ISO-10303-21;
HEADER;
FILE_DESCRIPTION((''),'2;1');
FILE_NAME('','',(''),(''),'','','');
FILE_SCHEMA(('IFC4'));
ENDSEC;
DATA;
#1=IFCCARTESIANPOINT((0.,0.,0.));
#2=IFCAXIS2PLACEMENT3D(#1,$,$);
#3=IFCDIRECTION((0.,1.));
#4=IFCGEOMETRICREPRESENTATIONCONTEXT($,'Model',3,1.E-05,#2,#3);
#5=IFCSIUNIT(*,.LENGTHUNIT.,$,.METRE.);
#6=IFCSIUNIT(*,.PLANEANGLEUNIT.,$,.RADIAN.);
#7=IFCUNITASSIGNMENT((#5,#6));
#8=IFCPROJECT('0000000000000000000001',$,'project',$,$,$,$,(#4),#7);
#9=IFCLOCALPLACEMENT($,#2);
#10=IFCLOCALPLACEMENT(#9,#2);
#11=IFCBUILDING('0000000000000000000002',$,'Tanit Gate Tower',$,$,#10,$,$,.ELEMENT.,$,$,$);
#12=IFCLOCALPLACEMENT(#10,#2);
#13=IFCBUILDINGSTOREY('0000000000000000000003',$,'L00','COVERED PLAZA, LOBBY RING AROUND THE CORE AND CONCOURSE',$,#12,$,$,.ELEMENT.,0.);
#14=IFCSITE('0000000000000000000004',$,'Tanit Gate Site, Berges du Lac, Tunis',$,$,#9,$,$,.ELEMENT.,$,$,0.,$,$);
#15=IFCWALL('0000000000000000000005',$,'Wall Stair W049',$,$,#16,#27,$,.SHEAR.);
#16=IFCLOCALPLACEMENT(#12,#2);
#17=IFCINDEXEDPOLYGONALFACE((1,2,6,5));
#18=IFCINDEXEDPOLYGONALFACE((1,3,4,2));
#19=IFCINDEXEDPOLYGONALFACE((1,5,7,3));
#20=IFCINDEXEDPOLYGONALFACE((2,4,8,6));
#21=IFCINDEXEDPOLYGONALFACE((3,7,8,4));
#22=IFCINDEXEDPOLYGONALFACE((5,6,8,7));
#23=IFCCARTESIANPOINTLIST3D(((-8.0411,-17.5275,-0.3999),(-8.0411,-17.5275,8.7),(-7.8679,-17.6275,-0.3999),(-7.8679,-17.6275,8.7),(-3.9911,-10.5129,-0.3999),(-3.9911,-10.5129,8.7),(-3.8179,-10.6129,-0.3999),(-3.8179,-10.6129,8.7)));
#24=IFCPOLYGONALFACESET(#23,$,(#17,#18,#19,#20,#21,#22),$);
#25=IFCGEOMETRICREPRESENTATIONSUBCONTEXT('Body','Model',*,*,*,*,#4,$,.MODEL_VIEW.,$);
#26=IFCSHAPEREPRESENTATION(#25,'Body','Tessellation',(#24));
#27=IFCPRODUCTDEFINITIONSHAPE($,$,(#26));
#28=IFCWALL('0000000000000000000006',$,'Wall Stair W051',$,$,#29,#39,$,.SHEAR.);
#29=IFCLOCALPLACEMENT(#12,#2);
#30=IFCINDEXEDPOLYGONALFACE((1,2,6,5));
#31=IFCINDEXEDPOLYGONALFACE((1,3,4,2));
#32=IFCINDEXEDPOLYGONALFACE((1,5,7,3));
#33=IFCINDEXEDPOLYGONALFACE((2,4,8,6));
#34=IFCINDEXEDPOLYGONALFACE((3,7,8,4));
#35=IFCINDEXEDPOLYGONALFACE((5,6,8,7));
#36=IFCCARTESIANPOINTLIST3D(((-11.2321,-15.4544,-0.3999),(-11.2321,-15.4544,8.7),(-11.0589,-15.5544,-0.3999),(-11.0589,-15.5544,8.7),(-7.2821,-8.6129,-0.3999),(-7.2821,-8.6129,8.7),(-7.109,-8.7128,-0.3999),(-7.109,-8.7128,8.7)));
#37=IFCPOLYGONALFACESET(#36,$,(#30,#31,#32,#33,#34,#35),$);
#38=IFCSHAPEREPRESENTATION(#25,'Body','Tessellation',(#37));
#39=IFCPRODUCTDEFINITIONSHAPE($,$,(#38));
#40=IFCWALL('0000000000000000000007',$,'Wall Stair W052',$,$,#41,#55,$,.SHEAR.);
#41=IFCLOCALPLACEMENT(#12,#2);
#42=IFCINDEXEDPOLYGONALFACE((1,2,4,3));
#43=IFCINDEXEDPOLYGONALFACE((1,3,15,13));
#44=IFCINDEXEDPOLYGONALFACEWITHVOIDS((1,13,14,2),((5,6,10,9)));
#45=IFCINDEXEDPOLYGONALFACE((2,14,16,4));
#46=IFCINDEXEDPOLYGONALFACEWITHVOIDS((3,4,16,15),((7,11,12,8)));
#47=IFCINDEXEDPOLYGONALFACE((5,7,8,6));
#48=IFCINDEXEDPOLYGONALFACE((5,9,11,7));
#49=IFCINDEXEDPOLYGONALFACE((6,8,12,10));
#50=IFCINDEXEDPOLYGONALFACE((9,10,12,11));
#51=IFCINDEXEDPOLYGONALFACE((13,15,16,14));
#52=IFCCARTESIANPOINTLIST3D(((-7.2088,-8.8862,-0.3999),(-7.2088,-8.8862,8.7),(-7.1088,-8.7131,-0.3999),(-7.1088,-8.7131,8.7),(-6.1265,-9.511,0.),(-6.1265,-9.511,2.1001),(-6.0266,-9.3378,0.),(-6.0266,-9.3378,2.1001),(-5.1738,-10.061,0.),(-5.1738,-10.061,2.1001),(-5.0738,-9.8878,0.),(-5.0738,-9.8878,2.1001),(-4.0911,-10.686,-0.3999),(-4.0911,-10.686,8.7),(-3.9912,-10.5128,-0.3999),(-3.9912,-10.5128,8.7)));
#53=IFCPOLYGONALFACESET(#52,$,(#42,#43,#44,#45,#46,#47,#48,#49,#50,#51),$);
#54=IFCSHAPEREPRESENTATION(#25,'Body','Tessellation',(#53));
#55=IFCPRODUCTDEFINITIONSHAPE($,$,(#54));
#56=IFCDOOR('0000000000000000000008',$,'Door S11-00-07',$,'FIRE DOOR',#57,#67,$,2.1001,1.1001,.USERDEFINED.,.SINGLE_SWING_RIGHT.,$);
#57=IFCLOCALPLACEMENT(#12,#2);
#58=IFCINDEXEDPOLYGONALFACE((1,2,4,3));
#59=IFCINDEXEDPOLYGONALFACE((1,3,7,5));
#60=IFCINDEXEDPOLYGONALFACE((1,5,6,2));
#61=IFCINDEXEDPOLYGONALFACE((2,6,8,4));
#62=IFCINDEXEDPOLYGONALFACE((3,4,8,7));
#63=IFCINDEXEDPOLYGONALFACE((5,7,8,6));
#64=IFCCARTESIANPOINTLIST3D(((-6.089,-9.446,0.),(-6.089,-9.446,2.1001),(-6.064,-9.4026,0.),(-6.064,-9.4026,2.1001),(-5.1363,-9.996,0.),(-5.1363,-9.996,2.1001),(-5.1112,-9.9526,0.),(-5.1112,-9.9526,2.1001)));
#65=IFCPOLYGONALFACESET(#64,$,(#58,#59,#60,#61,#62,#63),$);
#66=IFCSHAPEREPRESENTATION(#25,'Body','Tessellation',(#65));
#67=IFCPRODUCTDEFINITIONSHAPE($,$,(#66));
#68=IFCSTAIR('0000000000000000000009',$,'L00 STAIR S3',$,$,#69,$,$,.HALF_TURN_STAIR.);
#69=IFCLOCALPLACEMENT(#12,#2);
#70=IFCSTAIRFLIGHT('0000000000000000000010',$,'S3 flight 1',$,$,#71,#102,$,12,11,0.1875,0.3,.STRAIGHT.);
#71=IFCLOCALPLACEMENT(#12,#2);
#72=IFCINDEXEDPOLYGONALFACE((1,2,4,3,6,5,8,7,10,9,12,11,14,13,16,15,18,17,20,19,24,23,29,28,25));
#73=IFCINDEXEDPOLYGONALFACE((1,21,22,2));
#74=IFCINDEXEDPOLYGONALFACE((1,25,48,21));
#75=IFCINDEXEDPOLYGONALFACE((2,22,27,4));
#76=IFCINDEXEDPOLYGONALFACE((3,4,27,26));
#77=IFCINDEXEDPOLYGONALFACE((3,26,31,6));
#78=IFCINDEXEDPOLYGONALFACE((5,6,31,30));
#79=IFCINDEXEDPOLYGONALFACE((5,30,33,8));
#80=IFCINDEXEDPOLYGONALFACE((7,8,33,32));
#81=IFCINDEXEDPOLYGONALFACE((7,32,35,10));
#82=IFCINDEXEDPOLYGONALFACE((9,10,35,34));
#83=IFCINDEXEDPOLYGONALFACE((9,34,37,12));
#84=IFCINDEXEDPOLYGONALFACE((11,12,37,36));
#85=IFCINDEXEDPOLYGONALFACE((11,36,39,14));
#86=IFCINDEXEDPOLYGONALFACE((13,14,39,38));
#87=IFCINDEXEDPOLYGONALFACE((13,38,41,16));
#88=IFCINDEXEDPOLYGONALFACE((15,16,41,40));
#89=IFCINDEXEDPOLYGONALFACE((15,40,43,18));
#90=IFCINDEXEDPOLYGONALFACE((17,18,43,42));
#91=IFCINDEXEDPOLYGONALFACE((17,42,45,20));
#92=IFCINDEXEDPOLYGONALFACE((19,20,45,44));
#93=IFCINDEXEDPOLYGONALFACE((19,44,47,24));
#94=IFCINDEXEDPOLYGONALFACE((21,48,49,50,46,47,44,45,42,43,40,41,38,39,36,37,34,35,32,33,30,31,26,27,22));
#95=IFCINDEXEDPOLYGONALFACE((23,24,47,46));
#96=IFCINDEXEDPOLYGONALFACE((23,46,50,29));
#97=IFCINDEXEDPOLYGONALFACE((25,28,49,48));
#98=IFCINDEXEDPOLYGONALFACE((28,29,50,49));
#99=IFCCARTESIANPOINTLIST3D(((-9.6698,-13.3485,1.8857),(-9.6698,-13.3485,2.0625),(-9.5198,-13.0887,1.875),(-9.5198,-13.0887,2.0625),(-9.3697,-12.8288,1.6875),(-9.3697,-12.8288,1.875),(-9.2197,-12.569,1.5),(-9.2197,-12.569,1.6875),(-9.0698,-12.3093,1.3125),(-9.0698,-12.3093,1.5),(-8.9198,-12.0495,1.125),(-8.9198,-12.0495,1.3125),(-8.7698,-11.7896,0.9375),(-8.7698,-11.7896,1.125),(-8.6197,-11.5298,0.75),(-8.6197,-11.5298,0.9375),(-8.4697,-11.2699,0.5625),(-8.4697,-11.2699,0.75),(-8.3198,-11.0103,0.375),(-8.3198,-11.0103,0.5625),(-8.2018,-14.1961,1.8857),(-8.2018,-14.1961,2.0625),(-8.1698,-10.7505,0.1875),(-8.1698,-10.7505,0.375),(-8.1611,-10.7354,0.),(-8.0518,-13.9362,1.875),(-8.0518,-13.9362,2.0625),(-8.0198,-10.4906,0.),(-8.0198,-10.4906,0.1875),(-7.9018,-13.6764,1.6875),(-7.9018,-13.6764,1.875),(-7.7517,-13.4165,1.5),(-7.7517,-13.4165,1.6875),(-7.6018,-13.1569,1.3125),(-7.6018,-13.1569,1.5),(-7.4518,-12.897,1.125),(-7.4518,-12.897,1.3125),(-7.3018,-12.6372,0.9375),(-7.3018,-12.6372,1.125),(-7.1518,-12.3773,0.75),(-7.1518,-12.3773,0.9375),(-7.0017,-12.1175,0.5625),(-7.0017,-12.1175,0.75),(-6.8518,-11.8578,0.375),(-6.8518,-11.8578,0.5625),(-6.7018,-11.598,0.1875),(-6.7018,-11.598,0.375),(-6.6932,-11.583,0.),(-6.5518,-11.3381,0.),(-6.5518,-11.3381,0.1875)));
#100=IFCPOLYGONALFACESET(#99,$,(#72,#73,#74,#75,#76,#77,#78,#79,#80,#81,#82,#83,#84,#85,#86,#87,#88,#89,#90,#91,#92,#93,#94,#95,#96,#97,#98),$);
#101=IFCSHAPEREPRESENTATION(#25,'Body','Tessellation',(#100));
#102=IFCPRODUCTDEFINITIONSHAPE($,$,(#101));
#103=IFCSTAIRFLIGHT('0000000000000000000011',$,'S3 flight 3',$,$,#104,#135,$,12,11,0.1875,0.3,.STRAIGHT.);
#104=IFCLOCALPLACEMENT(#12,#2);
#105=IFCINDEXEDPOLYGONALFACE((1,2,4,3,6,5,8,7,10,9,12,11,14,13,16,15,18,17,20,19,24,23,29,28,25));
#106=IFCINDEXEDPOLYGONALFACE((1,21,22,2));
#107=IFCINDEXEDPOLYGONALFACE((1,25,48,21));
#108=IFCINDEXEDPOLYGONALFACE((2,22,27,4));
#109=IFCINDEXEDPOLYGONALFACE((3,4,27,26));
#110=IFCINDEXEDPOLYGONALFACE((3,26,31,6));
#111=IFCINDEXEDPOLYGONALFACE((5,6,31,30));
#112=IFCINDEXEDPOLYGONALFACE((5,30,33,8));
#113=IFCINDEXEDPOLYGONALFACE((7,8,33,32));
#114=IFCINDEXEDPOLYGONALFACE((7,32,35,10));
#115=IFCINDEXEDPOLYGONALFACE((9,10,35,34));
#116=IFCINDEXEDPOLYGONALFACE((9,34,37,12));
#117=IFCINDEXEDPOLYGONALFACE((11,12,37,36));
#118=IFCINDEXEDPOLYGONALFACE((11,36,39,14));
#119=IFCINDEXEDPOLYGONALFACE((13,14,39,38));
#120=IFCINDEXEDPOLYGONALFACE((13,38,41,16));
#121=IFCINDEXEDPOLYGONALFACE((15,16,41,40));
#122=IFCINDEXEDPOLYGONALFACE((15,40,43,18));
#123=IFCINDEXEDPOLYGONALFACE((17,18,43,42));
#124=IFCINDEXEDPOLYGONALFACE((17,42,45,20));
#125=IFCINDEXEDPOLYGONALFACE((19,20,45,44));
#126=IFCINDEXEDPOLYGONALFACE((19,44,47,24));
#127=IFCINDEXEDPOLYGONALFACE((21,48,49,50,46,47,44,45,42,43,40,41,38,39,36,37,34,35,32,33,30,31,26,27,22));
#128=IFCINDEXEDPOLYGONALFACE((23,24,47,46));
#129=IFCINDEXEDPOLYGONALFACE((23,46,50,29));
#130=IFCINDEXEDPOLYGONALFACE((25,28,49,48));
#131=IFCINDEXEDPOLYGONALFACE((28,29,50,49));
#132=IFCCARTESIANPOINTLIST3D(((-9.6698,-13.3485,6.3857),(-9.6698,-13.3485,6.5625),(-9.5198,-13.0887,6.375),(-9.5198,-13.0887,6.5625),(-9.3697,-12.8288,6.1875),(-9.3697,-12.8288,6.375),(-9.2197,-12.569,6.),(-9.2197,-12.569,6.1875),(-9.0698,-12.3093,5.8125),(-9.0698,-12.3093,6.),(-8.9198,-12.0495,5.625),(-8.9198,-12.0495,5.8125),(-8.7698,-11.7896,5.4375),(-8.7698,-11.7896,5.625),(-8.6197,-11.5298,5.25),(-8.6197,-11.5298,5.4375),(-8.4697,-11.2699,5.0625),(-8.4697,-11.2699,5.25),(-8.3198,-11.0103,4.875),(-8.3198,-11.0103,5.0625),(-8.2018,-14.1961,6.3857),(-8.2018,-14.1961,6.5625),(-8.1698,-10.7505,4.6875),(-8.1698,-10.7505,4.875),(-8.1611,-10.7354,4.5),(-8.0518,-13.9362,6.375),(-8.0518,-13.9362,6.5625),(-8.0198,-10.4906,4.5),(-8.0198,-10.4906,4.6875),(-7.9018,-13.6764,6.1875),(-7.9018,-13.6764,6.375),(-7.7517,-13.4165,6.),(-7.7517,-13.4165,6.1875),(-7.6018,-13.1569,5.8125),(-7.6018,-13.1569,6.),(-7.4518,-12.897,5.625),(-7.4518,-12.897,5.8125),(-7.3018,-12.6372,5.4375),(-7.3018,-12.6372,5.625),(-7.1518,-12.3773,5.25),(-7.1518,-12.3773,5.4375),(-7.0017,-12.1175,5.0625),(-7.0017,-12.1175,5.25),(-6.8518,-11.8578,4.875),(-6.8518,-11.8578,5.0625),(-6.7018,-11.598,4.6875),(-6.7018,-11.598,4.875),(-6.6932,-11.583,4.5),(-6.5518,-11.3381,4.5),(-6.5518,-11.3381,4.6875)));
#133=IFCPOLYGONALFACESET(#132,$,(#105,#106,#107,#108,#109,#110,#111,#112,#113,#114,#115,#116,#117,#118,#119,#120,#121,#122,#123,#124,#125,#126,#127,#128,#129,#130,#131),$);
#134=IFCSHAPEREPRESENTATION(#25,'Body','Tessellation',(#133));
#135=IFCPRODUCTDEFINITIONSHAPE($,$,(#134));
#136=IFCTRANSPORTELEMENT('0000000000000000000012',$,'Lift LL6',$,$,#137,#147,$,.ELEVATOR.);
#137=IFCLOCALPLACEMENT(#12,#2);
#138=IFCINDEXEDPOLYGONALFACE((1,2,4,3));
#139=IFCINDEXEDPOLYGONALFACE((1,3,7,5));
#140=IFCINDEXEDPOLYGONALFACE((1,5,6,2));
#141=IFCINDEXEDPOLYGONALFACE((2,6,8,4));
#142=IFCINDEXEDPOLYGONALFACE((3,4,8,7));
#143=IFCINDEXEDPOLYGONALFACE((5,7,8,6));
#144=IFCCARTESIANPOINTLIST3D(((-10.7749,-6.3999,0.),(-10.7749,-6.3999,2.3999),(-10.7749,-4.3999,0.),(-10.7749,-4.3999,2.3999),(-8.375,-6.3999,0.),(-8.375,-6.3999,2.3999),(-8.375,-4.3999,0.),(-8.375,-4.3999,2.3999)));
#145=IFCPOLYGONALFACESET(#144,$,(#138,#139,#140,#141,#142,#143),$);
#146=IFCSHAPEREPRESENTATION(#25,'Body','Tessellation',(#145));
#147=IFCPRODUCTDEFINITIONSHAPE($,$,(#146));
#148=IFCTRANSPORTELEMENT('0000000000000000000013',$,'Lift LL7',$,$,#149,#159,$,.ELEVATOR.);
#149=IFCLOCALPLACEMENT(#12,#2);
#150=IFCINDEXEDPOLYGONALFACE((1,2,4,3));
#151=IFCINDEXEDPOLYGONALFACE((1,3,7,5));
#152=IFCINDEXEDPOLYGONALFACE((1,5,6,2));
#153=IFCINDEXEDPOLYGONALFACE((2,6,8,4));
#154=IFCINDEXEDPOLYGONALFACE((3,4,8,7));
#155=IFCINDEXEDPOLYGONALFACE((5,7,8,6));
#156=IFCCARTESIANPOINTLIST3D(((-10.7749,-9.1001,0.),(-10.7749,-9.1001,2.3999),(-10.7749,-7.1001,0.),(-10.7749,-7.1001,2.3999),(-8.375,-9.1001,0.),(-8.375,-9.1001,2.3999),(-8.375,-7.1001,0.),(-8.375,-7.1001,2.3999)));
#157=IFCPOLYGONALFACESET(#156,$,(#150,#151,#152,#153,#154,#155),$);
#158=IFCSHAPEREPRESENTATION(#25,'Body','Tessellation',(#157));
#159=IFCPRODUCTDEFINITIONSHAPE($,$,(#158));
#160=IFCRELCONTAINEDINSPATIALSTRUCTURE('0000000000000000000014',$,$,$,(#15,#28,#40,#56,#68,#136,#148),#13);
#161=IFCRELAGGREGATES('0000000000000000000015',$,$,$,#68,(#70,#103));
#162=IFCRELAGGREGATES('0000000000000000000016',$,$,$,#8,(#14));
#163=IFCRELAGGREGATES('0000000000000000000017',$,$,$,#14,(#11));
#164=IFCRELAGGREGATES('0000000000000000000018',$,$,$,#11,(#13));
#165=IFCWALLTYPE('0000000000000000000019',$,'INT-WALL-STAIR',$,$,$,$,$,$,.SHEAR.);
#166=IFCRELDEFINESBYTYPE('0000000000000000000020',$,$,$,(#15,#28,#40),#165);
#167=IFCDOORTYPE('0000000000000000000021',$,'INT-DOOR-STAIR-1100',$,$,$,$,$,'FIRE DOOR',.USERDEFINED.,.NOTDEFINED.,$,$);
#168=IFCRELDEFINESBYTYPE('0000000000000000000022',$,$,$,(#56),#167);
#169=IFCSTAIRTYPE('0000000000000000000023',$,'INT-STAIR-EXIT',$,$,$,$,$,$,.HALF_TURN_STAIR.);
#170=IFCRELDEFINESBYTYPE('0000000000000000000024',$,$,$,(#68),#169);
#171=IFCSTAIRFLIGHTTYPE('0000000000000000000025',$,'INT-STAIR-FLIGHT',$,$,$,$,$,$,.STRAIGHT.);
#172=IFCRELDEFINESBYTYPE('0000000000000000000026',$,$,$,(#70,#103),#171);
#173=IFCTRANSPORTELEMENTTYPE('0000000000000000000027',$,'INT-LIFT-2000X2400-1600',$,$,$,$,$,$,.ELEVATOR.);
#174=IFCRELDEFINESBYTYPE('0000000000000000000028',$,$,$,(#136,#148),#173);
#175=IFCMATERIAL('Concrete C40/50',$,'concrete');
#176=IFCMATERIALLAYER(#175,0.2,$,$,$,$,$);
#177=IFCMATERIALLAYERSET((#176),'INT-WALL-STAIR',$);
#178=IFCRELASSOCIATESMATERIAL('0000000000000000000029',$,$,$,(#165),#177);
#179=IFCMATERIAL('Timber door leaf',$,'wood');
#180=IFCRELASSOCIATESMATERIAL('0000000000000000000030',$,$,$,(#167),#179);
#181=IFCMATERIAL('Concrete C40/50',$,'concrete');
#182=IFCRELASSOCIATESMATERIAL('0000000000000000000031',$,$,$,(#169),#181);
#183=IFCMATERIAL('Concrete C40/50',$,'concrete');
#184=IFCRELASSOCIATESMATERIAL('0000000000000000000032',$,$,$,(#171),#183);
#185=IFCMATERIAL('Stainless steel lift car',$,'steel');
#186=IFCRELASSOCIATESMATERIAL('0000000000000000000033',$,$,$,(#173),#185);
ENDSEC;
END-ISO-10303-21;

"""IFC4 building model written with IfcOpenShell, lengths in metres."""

from ifc_helpers import new_model, si_unit, direction, frame, frame_2d, origin, origin_2d, place, context, subcontext, project, spatial, polyline, rectangle, outline, extrude, material, layer, layer_set, type_object, element, fill, aggregate, save


model = new_model("IFC4")

# Units and contexts
model_context = context("Model", 3, precision=1e-05, world=origin(), true_north=direction((0.0, 1.0)))
body_context = subcontext(model_context, "Body", "Model", "MODEL_VIEW")
ifc_project = project(units=[si_unit("LENGTHUNIT", "METRE"), si_unit("PLANEANGLEUNIT", "RADIAN")], contexts=[model_context])

# Site, building, storey
site_placement = place(None, origin())
site = spatial("IfcSite", under=ifc_project, at=site_placement, Name="Tanit Gate Site, Berges du Lac, Tunis", CompositionType="ELEMENT", RefElevation=0.0)
building_placement = place(site_placement, origin())
building = spatial("IfcBuilding", under=site, at=building_placement, Name="Tanit Gate Tower", CompositionType="ELEMENT")
storey_placement = place(building_placement, origin())
storey = spatial("IfcBuildingStorey", under=building, at=storey_placement, Name="L00", Description="COVERED PLAZA, LOBBY RING AROUND THE CORE AND CONCOURSE", CompositionType="ELEMENT", Elevation=0.0)

# Walls
ifc_material_1 = material(Name="Concrete C40/50", Category="concrete")
ifc_layer_1 = layer(ifc_material_1, 0.2)
ifc_layer_set_1 = layer_set([ifc_layer_1], Name="INT-WALL-STAIR")
wall_type_1 = type_object("IfcWallType", Name="INT-WALL-STAIR", PredefinedType="SHEAR", material=ifc_layer_set_1)
wall_1_placement = place(storey_placement, frame((-3.9045, -10.563, -0.3999), z_axis=(0.0, 0.0, 1.0), x_axis=(-0.500013, -0.866018, 0.0)))
element("IfcWall", 1, at=wall_1_placement, inside=storey, type_object=wall_type_1, Name="Wall Stair W049", PredefinedType="SHEAR", context=body_context, shape_type="SweptSolid", body=[
    extrude(rectangle(XDim=8.0999, YDim=0.2, at=frame_2d((4.0498, 0.0))), origin(), (0.0, 0.0, 1.0), 9.0999),
])
wall_2_placement = place(storey_placement, frame((-7.1956, -8.6628, -0.3999), z_axis=(0.0, 0.0, 1.0), x_axis=(-0.499998, -0.866027, 0.0)))
element("IfcWall", 2, at=wall_2_placement, inside=storey, type_object=wall_type_1, Name="Wall Stair W051", PredefinedType="SHEAR", context=body_context, shape_type="SweptSolid", body=[
    extrude(rectangle(XDim=7.8999, YDim=0.2, at=frame_2d((3.95, 0.0))), origin(), (0.0, 0.0, 1.0), 9.0999),
])

# Wall, opening, door
wall_3_placement = place(storey_placement, frame((-4.0413, -10.5994, -0.3999), z_axis=(0.0, 0.0, 1.0), x_axis=(-0.866048, 0.499961, 0.0)))
wall_3 = element("IfcWall", 3, at=wall_3_placement, inside=storey, type_object=wall_type_1, Name="Wall Stair W052", PredefinedType="SHEAR", context=body_context, shape_type="SweptSolid", body=[
    extrude(rectangle(XDim=3.5999, YDim=0.2, at=frame_2d((1.7998, 0.0))), origin(), (0.0, 0.0, 1.0), 9.0999),
])
opening_1_placement = place(wall_3_placement, frame((1.25, 0.0, 0.3999)))
opening_1 = element("IfcOpeningElement", 4, at=opening_1_placement, cuts=wall_3, PredefinedType="OPENING", context=body_context, shape_type="SweptSolid", body=[
    extrude(rectangle(XDim=1.1001, YDim=2.1001, at=frame_2d((0.55, 1.05))), frame((0.0, 0.1099, 0.0), z_axis=(0.0, -1.0, 0.0), x_axis=(1.0, 0.0, 0.0)), (0.0, 0.0, 1.0), 0.22),
])
ifc_material_2 = material(Name="Timber door leaf", Category="wood")
door_type_1 = type_object("IfcDoorType", Name="INT-DOOR-STAIR-1100", ElementType="FIRE DOOR", OperationType="NOTDEFINED", PredefinedType="USERDEFINED", material=ifc_material_2)
door_1_placement = place(opening_1_placement, origin())
door_1 = element("IfcDoor", 5, at=door_1_placement, inside=storey, type_object=door_type_1, Name="Door S11-00-07", ObjectType="FIRE DOOR", OperationType="SINGLE_SWING_RIGHT", OverallHeight=2.1001, OverallWidth=1.1001, PredefinedType="USERDEFINED", context=body_context, shape_type="SweptSolid", body=[
    extrude(rectangle(XDim=1.1001, YDim=2.1001, at=frame_2d((0.55, 1.05))), frame((0.0, 0.0249, 0.0), z_axis=(0.0, -1.0, 0.0), x_axis=(1.0, 0.0, 0.0)), (0.0, 0.0, 1.0), 0.05),
])
fill(opening_1, door_1)

# Stair, stair flights
ifc_material_3 = material(Name="Concrete C40/50", Category="concrete")
stair_type = type_object("IfcStairType", Name="INT-STAIR-EXIT", PredefinedType="HALF_TURN_STAIR", material=ifc_material_3)
stair_placement = place(storey_placement, origin())
stair = element("IfcStair", 6, at=stair_placement, inside=storey, type_object=stair_type, Name="L00 STAIR S3", PredefinedType="HALF_TURN_STAIR")
ifc_material_4 = material(Name="Concrete C40/50", Category="concrete")
stair_flight_type = type_object("IfcStairFlightType", Name="INT-STAIR-FLIGHT", PredefinedType="STRAIGHT", material=ifc_material_4)
stair_flight_1_placement = place(storey_placement, frame((-7.2859, -10.9143, 0.0), z_axis=(0.0, 0.0, 1.0), x_axis=(-0.5, -0.866025, 0.0)))
stair_flight_1 = element("IfcStairFlight", 7, at=stair_flight_1_placement, type_object=stair_flight_type, Name="S3 flight 1", NumberOfRisers=12, NumberOfTreads=11, PredefinedType="STRAIGHT", RiserHeight=0.1875, TreadLength=0.3, context=body_context, shape_type="SweptSolid", body=[
    extrude(outline(polyline([(0.0, 0.0), (0.0, 0.1875), (0.3, 0.1875), (0.3, 0.375), (0.6001, 0.375), (0.6001, 0.5625), (0.8999, 0.5625), (0.8999, 0.75), (1.2, 0.75), (1.2, 0.9375), (1.5, 0.9375), (1.5, 1.125), (1.8, 1.125), (1.8, 1.3125), (2.1001, 1.3125), (2.1001, 1.5), (2.3999, 1.5), (2.3999, 1.6875), (2.7, 1.6875), (2.7, 1.875), (3.0, 1.875), (3.0, 2.0625), (3.3, 2.0625), (3.3, 2.25), (3.3, 1.8857), (0.2827, 0.0), (0.0, 0.0)])), frame((0.0, 0.8477, 0.0), z_axis=(0.0, -1.0, 0.0), x_axis=(1.0, 0.0, 0.0)), (0.0, 0.0, 1.0), 1.6951),
])
stair_flight_2_placement = place(storey_placement, frame((-7.2859, -10.9143, 4.5), z_axis=(0.0, 0.0, 1.0), x_axis=(-0.5, -0.866025, 0.0)))
stair_flight_2 = element("IfcStairFlight", 8, at=stair_flight_2_placement, type_object=stair_flight_type, Name="S3 flight 3", NumberOfRisers=12, NumberOfTreads=11, PredefinedType="STRAIGHT", RiserHeight=0.1875, TreadLength=0.3, context=body_context, shape_type="SweptSolid", body=[
    extrude(outline(polyline([(0.0, 0.0), (0.0, 0.1875), (0.3, 0.1875), (0.3, 0.375), (0.6001, 0.375), (0.6001, 0.5625), (0.8999, 0.5625), (0.8999, 0.75), (1.2, 0.75), (1.2, 0.9375), (1.5, 0.9375), (1.5, 1.125), (1.8, 1.125), (1.8, 1.3125), (2.1001, 1.3125), (2.1001, 1.5), (2.3999, 1.5), (2.3999, 1.6875), (2.7, 1.6875), (2.7, 1.875), (3.0, 1.875), (3.0, 2.0625), (3.3, 2.0625), (3.3, 2.25), (3.3, 1.8857), (0.2827, 0.0), (0.0, 0.0)])), frame((0.0, 0.8477, 0.0), z_axis=(0.0, -1.0, 0.0), x_axis=(1.0, 0.0, 0.0)), (0.0, 0.0, 1.0), 1.6951),
])
aggregate(stair, [stair_flight_1, stair_flight_2])

# Transport elements
ifc_material_5 = material(Name="Stainless steel lift car", Category="steel")
transport_element_type = type_object("IfcTransportElementType", Name="INT-LIFT-2000X2400-1600", PredefinedType="ELEVATOR", material=ifc_material_5)
for number, where, z_axis, x_axis, name in (
    (9, (-9.575, -5.3999, 0.0), (0.0, 0.0, 1.0), (0.0, -1.0, 0.0), "Lift LL6"),
    (10, (-9.575, -8.1001, 0.0), (0.0, 0.0, 1.0), (0.0, -1.0, 0.0), "Lift LL7"),
):
    element("IfcTransportElement", number, at=place(storey_placement, frame(where, z_axis=z_axis, x_axis=x_axis)), inside=storey, type_object=transport_element_type, Name=name, PredefinedType="ELEVATOR", context=body_context, shape_type="SweptSolid", body=[
        extrude(rectangle(XDim=2.0, YDim=2.3999, at=origin_2d()), origin(), (0.0, 0.0, 1.0), 2.3999),
    ])

save(model, "model.ifc")
